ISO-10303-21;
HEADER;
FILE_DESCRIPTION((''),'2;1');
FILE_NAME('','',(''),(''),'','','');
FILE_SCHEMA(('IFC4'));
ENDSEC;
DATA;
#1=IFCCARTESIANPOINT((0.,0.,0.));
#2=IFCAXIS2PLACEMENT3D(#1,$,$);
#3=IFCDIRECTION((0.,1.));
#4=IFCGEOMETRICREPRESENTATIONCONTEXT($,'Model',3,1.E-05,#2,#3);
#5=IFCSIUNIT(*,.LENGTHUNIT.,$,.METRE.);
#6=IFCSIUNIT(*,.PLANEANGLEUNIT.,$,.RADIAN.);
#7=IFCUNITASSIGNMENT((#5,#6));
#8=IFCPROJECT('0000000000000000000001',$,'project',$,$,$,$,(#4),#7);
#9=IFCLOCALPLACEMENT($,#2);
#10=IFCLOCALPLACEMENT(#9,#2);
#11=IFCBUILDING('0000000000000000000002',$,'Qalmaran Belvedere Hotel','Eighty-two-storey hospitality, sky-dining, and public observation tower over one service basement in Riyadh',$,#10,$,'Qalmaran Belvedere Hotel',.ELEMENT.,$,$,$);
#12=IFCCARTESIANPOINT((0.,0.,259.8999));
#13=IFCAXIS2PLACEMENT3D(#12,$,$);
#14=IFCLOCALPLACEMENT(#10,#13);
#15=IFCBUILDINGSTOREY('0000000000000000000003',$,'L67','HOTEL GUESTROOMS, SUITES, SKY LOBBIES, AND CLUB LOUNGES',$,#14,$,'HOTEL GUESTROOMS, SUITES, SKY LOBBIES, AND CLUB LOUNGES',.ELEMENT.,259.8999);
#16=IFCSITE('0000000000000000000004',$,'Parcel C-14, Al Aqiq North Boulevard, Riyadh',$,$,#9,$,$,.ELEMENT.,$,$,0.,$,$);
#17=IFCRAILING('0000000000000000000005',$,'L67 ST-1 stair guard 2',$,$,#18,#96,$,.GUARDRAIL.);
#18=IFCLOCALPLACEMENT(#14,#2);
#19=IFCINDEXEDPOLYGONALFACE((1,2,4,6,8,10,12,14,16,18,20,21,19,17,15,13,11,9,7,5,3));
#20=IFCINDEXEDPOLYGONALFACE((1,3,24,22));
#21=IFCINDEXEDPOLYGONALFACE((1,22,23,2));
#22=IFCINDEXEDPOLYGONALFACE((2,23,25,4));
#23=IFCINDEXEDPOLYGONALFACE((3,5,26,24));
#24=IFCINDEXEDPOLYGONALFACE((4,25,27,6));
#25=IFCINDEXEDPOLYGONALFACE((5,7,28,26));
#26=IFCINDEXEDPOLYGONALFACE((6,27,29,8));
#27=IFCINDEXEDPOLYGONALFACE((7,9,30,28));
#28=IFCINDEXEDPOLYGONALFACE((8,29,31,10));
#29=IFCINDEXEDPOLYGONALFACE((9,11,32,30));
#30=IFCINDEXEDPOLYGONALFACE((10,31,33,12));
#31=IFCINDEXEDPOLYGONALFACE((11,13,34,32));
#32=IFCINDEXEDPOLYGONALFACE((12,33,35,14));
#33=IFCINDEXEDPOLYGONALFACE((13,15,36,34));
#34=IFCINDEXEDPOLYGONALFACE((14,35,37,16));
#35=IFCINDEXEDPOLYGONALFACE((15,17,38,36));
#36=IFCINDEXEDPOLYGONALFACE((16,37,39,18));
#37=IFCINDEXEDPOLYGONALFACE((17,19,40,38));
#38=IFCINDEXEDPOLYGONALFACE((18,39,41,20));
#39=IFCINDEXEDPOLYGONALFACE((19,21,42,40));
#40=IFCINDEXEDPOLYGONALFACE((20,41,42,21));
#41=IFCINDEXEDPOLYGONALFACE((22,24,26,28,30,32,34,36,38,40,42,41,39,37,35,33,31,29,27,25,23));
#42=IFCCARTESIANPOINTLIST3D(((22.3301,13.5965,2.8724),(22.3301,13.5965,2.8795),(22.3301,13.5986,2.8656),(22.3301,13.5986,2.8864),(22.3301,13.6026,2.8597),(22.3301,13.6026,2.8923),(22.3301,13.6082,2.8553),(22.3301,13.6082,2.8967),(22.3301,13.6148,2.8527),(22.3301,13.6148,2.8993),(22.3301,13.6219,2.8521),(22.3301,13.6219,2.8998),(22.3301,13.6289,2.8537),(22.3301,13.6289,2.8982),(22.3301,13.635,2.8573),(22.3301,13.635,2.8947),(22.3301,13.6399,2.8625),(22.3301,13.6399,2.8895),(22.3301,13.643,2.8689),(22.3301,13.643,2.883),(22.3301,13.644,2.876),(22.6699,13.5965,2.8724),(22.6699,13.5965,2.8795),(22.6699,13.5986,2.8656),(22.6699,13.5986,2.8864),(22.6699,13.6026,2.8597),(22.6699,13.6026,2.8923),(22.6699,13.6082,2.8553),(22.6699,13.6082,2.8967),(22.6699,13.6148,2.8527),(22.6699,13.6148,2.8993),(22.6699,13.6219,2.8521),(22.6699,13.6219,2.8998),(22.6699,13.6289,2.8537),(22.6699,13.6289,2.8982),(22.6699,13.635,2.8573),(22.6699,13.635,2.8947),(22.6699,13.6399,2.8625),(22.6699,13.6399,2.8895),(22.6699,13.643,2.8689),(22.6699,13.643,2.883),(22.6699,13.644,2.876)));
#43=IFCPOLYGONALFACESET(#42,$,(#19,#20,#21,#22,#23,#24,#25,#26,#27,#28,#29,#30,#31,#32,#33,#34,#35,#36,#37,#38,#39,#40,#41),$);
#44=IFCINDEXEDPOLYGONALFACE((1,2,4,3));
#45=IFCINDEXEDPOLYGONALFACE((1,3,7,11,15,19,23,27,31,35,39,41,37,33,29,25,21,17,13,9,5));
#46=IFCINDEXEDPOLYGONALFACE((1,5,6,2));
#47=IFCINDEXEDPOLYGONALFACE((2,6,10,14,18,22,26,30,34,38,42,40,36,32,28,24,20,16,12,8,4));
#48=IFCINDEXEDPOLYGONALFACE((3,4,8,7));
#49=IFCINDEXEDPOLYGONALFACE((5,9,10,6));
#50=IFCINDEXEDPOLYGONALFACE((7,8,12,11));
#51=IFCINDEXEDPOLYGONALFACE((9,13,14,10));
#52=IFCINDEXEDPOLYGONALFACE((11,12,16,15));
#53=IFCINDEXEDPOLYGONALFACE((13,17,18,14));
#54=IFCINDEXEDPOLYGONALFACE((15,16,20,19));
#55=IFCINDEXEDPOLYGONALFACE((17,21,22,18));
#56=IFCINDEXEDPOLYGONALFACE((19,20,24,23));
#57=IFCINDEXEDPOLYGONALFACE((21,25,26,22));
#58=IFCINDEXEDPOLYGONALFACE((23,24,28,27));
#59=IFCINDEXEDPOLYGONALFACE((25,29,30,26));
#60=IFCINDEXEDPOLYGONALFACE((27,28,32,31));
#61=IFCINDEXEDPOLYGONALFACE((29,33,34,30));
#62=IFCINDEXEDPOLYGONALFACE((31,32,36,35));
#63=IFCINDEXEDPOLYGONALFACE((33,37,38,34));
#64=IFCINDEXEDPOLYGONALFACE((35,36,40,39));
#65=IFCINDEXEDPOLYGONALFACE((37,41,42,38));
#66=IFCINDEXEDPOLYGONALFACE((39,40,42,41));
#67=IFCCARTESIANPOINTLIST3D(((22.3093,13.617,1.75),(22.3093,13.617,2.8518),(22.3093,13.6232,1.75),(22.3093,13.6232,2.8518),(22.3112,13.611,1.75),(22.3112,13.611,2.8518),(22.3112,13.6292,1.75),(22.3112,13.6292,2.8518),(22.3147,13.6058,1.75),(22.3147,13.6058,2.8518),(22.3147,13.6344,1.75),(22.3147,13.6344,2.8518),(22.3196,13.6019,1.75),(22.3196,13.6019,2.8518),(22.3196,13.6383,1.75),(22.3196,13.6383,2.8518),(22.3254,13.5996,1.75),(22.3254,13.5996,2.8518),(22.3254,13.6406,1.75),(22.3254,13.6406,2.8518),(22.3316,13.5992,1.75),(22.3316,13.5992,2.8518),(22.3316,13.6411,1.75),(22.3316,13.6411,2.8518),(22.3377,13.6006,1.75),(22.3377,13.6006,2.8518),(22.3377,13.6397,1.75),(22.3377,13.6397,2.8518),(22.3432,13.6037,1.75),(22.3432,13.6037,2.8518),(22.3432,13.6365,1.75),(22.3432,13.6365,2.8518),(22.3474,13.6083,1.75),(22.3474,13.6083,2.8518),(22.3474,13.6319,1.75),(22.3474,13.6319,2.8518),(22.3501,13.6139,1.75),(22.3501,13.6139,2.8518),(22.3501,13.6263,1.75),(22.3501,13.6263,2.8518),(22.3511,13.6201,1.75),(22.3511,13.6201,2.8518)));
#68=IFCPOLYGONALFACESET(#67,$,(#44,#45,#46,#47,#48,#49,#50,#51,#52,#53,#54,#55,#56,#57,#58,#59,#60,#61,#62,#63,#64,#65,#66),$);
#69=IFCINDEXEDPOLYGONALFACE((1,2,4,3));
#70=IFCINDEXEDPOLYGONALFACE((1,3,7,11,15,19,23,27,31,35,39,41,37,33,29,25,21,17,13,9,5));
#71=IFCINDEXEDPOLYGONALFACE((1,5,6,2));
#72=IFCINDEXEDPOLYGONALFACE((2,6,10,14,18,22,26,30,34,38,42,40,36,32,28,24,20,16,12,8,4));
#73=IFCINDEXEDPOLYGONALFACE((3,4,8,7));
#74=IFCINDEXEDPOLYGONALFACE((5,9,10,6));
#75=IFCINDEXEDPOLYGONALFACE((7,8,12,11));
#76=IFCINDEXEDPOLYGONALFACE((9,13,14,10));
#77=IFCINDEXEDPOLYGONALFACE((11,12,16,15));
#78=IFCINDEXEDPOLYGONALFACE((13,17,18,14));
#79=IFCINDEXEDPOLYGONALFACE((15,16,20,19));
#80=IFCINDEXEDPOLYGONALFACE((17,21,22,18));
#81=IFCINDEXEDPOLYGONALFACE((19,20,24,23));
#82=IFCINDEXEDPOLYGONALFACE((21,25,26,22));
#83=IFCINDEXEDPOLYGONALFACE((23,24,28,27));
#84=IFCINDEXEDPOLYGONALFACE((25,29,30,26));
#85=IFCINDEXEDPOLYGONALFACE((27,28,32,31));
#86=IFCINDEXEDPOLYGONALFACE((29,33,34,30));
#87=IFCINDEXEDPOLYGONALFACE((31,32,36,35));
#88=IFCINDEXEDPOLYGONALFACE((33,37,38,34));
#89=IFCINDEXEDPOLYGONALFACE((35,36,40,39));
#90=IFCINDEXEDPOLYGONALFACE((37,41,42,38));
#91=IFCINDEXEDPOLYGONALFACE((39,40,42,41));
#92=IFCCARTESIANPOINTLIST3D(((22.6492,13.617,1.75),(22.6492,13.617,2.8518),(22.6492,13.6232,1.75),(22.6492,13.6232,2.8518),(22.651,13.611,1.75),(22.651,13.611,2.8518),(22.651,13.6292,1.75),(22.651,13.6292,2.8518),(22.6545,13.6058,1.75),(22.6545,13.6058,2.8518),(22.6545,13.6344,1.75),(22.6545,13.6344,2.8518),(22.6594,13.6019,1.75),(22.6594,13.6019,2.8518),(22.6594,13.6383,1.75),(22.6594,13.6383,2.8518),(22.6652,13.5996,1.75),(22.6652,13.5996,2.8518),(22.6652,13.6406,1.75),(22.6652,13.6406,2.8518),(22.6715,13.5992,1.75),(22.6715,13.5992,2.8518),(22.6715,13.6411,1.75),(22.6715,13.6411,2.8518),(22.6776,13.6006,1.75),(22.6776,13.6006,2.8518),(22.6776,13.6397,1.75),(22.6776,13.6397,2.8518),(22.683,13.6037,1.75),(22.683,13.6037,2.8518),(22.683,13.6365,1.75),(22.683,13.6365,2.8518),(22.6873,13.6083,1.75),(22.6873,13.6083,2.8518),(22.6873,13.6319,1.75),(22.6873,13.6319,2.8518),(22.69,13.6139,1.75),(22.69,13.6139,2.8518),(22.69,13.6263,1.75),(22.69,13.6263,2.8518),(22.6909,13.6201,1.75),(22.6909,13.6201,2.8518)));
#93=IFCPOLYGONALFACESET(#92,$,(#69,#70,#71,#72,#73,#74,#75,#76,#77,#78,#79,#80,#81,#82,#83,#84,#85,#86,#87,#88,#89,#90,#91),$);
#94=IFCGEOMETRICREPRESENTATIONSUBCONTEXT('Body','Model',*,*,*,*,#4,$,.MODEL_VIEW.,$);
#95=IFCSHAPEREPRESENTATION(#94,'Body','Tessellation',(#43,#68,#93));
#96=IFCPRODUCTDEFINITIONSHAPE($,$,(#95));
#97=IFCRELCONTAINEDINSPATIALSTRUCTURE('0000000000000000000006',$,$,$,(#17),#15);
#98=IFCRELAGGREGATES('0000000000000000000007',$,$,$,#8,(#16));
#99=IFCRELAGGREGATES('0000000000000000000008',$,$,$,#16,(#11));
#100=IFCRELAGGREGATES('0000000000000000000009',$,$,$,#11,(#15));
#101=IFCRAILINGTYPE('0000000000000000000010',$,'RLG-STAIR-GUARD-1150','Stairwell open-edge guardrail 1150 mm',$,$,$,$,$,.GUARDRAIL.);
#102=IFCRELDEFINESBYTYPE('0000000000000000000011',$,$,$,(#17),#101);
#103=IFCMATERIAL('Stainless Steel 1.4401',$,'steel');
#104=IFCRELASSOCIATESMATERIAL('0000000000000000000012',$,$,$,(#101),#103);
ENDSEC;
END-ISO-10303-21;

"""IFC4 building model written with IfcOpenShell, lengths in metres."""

from ifc_helpers import new_model, si_unit, direction, frame, origin, origin_2d, place, context, subcontext, project, spatial, circle, extrude, material, type_object, element, save


model = new_model("IFC4")

# Units and contexts
model_context = context("Model", 3, precision=1e-05, world=origin(), true_north=direction((0.0, 1.0)))
body_context = subcontext(model_context, "Body", "Model", "MODEL_VIEW")
ifc_project = project(units=[si_unit("LENGTHUNIT", "METRE"), si_unit("PLANEANGLEUNIT", "RADIAN")], contexts=[model_context])

# Site, building, storey
site_placement = place(None, origin())
site = spatial("IfcSite", under=ifc_project, at=site_placement, Name="Parcel C-14, Al Aqiq North Boulevard, Riyadh", CompositionType="ELEMENT", RefElevation=0.0)
building_placement = place(site_placement, origin())
building = spatial("IfcBuilding", under=site, at=building_placement, Name="Qalmaran Belvedere Hotel", Description="Eighty-two-storey hospitality, sky-dining, and public observation tower over one service basement in Riyadh", LongName="Qalmaran Belvedere Hotel", CompositionType="ELEMENT")
storey_placement = place(building_placement, frame((0.0, 0.0, 259.8999)))
storey = spatial("IfcBuildingStorey", under=building, at=storey_placement, Name="L67", Description="HOTEL GUESTROOMS, SUITES, SKY LOBBIES, AND CLUB LOUNGES", LongName="HOTEL GUESTROOMS, SUITES, SKY LOBBIES, AND CLUB LOUNGES", CompositionType="ELEMENT", Elevation=259.8999)

# Shared definitions
ifc_material_1 = material(Name="Stainless Steel 1.4401", Category="steel")

# Railing
railing_type_1 = type_object("IfcRailingType", Name="RLG-STAIR-GUARD-1150", Description="Stairwell open-edge guardrail 1150 mm", PredefinedType="GUARDRAIL", material=ifc_material_1)
railing_1_placement = place(storey_placement, frame((22.3301, 13.6201, 1.75)))
element("IfcRailing", 1, at=railing_1_placement, inside=storey, type_object=railing_type_1, Name="L67 ST-1 stair guard 2", PredefinedType="GUARDRAIL", context=body_context, shape_type="SweptSolid", body=[
    extrude(circle(Radius=0.0239, at=origin_2d()), frame((0.0, 0.0, 1.126), z_axis=(1.0, 0.0, 0.0), x_axis=(0.0, 1.0, 0.0)), (0.0, 0.0, 1.0), 0.3398),
    extrude(circle(Radius=0.021, at=origin_2d()), origin(), (0.0, 0.0, 1.0), 1.1018),
    extrude(circle(Radius=0.021, at=origin_2d()), frame((0.3398, 0.0, 0.0)), (0.0, 0.0, 1.0), 1.1018),
])

save(model, "model.ifc")
